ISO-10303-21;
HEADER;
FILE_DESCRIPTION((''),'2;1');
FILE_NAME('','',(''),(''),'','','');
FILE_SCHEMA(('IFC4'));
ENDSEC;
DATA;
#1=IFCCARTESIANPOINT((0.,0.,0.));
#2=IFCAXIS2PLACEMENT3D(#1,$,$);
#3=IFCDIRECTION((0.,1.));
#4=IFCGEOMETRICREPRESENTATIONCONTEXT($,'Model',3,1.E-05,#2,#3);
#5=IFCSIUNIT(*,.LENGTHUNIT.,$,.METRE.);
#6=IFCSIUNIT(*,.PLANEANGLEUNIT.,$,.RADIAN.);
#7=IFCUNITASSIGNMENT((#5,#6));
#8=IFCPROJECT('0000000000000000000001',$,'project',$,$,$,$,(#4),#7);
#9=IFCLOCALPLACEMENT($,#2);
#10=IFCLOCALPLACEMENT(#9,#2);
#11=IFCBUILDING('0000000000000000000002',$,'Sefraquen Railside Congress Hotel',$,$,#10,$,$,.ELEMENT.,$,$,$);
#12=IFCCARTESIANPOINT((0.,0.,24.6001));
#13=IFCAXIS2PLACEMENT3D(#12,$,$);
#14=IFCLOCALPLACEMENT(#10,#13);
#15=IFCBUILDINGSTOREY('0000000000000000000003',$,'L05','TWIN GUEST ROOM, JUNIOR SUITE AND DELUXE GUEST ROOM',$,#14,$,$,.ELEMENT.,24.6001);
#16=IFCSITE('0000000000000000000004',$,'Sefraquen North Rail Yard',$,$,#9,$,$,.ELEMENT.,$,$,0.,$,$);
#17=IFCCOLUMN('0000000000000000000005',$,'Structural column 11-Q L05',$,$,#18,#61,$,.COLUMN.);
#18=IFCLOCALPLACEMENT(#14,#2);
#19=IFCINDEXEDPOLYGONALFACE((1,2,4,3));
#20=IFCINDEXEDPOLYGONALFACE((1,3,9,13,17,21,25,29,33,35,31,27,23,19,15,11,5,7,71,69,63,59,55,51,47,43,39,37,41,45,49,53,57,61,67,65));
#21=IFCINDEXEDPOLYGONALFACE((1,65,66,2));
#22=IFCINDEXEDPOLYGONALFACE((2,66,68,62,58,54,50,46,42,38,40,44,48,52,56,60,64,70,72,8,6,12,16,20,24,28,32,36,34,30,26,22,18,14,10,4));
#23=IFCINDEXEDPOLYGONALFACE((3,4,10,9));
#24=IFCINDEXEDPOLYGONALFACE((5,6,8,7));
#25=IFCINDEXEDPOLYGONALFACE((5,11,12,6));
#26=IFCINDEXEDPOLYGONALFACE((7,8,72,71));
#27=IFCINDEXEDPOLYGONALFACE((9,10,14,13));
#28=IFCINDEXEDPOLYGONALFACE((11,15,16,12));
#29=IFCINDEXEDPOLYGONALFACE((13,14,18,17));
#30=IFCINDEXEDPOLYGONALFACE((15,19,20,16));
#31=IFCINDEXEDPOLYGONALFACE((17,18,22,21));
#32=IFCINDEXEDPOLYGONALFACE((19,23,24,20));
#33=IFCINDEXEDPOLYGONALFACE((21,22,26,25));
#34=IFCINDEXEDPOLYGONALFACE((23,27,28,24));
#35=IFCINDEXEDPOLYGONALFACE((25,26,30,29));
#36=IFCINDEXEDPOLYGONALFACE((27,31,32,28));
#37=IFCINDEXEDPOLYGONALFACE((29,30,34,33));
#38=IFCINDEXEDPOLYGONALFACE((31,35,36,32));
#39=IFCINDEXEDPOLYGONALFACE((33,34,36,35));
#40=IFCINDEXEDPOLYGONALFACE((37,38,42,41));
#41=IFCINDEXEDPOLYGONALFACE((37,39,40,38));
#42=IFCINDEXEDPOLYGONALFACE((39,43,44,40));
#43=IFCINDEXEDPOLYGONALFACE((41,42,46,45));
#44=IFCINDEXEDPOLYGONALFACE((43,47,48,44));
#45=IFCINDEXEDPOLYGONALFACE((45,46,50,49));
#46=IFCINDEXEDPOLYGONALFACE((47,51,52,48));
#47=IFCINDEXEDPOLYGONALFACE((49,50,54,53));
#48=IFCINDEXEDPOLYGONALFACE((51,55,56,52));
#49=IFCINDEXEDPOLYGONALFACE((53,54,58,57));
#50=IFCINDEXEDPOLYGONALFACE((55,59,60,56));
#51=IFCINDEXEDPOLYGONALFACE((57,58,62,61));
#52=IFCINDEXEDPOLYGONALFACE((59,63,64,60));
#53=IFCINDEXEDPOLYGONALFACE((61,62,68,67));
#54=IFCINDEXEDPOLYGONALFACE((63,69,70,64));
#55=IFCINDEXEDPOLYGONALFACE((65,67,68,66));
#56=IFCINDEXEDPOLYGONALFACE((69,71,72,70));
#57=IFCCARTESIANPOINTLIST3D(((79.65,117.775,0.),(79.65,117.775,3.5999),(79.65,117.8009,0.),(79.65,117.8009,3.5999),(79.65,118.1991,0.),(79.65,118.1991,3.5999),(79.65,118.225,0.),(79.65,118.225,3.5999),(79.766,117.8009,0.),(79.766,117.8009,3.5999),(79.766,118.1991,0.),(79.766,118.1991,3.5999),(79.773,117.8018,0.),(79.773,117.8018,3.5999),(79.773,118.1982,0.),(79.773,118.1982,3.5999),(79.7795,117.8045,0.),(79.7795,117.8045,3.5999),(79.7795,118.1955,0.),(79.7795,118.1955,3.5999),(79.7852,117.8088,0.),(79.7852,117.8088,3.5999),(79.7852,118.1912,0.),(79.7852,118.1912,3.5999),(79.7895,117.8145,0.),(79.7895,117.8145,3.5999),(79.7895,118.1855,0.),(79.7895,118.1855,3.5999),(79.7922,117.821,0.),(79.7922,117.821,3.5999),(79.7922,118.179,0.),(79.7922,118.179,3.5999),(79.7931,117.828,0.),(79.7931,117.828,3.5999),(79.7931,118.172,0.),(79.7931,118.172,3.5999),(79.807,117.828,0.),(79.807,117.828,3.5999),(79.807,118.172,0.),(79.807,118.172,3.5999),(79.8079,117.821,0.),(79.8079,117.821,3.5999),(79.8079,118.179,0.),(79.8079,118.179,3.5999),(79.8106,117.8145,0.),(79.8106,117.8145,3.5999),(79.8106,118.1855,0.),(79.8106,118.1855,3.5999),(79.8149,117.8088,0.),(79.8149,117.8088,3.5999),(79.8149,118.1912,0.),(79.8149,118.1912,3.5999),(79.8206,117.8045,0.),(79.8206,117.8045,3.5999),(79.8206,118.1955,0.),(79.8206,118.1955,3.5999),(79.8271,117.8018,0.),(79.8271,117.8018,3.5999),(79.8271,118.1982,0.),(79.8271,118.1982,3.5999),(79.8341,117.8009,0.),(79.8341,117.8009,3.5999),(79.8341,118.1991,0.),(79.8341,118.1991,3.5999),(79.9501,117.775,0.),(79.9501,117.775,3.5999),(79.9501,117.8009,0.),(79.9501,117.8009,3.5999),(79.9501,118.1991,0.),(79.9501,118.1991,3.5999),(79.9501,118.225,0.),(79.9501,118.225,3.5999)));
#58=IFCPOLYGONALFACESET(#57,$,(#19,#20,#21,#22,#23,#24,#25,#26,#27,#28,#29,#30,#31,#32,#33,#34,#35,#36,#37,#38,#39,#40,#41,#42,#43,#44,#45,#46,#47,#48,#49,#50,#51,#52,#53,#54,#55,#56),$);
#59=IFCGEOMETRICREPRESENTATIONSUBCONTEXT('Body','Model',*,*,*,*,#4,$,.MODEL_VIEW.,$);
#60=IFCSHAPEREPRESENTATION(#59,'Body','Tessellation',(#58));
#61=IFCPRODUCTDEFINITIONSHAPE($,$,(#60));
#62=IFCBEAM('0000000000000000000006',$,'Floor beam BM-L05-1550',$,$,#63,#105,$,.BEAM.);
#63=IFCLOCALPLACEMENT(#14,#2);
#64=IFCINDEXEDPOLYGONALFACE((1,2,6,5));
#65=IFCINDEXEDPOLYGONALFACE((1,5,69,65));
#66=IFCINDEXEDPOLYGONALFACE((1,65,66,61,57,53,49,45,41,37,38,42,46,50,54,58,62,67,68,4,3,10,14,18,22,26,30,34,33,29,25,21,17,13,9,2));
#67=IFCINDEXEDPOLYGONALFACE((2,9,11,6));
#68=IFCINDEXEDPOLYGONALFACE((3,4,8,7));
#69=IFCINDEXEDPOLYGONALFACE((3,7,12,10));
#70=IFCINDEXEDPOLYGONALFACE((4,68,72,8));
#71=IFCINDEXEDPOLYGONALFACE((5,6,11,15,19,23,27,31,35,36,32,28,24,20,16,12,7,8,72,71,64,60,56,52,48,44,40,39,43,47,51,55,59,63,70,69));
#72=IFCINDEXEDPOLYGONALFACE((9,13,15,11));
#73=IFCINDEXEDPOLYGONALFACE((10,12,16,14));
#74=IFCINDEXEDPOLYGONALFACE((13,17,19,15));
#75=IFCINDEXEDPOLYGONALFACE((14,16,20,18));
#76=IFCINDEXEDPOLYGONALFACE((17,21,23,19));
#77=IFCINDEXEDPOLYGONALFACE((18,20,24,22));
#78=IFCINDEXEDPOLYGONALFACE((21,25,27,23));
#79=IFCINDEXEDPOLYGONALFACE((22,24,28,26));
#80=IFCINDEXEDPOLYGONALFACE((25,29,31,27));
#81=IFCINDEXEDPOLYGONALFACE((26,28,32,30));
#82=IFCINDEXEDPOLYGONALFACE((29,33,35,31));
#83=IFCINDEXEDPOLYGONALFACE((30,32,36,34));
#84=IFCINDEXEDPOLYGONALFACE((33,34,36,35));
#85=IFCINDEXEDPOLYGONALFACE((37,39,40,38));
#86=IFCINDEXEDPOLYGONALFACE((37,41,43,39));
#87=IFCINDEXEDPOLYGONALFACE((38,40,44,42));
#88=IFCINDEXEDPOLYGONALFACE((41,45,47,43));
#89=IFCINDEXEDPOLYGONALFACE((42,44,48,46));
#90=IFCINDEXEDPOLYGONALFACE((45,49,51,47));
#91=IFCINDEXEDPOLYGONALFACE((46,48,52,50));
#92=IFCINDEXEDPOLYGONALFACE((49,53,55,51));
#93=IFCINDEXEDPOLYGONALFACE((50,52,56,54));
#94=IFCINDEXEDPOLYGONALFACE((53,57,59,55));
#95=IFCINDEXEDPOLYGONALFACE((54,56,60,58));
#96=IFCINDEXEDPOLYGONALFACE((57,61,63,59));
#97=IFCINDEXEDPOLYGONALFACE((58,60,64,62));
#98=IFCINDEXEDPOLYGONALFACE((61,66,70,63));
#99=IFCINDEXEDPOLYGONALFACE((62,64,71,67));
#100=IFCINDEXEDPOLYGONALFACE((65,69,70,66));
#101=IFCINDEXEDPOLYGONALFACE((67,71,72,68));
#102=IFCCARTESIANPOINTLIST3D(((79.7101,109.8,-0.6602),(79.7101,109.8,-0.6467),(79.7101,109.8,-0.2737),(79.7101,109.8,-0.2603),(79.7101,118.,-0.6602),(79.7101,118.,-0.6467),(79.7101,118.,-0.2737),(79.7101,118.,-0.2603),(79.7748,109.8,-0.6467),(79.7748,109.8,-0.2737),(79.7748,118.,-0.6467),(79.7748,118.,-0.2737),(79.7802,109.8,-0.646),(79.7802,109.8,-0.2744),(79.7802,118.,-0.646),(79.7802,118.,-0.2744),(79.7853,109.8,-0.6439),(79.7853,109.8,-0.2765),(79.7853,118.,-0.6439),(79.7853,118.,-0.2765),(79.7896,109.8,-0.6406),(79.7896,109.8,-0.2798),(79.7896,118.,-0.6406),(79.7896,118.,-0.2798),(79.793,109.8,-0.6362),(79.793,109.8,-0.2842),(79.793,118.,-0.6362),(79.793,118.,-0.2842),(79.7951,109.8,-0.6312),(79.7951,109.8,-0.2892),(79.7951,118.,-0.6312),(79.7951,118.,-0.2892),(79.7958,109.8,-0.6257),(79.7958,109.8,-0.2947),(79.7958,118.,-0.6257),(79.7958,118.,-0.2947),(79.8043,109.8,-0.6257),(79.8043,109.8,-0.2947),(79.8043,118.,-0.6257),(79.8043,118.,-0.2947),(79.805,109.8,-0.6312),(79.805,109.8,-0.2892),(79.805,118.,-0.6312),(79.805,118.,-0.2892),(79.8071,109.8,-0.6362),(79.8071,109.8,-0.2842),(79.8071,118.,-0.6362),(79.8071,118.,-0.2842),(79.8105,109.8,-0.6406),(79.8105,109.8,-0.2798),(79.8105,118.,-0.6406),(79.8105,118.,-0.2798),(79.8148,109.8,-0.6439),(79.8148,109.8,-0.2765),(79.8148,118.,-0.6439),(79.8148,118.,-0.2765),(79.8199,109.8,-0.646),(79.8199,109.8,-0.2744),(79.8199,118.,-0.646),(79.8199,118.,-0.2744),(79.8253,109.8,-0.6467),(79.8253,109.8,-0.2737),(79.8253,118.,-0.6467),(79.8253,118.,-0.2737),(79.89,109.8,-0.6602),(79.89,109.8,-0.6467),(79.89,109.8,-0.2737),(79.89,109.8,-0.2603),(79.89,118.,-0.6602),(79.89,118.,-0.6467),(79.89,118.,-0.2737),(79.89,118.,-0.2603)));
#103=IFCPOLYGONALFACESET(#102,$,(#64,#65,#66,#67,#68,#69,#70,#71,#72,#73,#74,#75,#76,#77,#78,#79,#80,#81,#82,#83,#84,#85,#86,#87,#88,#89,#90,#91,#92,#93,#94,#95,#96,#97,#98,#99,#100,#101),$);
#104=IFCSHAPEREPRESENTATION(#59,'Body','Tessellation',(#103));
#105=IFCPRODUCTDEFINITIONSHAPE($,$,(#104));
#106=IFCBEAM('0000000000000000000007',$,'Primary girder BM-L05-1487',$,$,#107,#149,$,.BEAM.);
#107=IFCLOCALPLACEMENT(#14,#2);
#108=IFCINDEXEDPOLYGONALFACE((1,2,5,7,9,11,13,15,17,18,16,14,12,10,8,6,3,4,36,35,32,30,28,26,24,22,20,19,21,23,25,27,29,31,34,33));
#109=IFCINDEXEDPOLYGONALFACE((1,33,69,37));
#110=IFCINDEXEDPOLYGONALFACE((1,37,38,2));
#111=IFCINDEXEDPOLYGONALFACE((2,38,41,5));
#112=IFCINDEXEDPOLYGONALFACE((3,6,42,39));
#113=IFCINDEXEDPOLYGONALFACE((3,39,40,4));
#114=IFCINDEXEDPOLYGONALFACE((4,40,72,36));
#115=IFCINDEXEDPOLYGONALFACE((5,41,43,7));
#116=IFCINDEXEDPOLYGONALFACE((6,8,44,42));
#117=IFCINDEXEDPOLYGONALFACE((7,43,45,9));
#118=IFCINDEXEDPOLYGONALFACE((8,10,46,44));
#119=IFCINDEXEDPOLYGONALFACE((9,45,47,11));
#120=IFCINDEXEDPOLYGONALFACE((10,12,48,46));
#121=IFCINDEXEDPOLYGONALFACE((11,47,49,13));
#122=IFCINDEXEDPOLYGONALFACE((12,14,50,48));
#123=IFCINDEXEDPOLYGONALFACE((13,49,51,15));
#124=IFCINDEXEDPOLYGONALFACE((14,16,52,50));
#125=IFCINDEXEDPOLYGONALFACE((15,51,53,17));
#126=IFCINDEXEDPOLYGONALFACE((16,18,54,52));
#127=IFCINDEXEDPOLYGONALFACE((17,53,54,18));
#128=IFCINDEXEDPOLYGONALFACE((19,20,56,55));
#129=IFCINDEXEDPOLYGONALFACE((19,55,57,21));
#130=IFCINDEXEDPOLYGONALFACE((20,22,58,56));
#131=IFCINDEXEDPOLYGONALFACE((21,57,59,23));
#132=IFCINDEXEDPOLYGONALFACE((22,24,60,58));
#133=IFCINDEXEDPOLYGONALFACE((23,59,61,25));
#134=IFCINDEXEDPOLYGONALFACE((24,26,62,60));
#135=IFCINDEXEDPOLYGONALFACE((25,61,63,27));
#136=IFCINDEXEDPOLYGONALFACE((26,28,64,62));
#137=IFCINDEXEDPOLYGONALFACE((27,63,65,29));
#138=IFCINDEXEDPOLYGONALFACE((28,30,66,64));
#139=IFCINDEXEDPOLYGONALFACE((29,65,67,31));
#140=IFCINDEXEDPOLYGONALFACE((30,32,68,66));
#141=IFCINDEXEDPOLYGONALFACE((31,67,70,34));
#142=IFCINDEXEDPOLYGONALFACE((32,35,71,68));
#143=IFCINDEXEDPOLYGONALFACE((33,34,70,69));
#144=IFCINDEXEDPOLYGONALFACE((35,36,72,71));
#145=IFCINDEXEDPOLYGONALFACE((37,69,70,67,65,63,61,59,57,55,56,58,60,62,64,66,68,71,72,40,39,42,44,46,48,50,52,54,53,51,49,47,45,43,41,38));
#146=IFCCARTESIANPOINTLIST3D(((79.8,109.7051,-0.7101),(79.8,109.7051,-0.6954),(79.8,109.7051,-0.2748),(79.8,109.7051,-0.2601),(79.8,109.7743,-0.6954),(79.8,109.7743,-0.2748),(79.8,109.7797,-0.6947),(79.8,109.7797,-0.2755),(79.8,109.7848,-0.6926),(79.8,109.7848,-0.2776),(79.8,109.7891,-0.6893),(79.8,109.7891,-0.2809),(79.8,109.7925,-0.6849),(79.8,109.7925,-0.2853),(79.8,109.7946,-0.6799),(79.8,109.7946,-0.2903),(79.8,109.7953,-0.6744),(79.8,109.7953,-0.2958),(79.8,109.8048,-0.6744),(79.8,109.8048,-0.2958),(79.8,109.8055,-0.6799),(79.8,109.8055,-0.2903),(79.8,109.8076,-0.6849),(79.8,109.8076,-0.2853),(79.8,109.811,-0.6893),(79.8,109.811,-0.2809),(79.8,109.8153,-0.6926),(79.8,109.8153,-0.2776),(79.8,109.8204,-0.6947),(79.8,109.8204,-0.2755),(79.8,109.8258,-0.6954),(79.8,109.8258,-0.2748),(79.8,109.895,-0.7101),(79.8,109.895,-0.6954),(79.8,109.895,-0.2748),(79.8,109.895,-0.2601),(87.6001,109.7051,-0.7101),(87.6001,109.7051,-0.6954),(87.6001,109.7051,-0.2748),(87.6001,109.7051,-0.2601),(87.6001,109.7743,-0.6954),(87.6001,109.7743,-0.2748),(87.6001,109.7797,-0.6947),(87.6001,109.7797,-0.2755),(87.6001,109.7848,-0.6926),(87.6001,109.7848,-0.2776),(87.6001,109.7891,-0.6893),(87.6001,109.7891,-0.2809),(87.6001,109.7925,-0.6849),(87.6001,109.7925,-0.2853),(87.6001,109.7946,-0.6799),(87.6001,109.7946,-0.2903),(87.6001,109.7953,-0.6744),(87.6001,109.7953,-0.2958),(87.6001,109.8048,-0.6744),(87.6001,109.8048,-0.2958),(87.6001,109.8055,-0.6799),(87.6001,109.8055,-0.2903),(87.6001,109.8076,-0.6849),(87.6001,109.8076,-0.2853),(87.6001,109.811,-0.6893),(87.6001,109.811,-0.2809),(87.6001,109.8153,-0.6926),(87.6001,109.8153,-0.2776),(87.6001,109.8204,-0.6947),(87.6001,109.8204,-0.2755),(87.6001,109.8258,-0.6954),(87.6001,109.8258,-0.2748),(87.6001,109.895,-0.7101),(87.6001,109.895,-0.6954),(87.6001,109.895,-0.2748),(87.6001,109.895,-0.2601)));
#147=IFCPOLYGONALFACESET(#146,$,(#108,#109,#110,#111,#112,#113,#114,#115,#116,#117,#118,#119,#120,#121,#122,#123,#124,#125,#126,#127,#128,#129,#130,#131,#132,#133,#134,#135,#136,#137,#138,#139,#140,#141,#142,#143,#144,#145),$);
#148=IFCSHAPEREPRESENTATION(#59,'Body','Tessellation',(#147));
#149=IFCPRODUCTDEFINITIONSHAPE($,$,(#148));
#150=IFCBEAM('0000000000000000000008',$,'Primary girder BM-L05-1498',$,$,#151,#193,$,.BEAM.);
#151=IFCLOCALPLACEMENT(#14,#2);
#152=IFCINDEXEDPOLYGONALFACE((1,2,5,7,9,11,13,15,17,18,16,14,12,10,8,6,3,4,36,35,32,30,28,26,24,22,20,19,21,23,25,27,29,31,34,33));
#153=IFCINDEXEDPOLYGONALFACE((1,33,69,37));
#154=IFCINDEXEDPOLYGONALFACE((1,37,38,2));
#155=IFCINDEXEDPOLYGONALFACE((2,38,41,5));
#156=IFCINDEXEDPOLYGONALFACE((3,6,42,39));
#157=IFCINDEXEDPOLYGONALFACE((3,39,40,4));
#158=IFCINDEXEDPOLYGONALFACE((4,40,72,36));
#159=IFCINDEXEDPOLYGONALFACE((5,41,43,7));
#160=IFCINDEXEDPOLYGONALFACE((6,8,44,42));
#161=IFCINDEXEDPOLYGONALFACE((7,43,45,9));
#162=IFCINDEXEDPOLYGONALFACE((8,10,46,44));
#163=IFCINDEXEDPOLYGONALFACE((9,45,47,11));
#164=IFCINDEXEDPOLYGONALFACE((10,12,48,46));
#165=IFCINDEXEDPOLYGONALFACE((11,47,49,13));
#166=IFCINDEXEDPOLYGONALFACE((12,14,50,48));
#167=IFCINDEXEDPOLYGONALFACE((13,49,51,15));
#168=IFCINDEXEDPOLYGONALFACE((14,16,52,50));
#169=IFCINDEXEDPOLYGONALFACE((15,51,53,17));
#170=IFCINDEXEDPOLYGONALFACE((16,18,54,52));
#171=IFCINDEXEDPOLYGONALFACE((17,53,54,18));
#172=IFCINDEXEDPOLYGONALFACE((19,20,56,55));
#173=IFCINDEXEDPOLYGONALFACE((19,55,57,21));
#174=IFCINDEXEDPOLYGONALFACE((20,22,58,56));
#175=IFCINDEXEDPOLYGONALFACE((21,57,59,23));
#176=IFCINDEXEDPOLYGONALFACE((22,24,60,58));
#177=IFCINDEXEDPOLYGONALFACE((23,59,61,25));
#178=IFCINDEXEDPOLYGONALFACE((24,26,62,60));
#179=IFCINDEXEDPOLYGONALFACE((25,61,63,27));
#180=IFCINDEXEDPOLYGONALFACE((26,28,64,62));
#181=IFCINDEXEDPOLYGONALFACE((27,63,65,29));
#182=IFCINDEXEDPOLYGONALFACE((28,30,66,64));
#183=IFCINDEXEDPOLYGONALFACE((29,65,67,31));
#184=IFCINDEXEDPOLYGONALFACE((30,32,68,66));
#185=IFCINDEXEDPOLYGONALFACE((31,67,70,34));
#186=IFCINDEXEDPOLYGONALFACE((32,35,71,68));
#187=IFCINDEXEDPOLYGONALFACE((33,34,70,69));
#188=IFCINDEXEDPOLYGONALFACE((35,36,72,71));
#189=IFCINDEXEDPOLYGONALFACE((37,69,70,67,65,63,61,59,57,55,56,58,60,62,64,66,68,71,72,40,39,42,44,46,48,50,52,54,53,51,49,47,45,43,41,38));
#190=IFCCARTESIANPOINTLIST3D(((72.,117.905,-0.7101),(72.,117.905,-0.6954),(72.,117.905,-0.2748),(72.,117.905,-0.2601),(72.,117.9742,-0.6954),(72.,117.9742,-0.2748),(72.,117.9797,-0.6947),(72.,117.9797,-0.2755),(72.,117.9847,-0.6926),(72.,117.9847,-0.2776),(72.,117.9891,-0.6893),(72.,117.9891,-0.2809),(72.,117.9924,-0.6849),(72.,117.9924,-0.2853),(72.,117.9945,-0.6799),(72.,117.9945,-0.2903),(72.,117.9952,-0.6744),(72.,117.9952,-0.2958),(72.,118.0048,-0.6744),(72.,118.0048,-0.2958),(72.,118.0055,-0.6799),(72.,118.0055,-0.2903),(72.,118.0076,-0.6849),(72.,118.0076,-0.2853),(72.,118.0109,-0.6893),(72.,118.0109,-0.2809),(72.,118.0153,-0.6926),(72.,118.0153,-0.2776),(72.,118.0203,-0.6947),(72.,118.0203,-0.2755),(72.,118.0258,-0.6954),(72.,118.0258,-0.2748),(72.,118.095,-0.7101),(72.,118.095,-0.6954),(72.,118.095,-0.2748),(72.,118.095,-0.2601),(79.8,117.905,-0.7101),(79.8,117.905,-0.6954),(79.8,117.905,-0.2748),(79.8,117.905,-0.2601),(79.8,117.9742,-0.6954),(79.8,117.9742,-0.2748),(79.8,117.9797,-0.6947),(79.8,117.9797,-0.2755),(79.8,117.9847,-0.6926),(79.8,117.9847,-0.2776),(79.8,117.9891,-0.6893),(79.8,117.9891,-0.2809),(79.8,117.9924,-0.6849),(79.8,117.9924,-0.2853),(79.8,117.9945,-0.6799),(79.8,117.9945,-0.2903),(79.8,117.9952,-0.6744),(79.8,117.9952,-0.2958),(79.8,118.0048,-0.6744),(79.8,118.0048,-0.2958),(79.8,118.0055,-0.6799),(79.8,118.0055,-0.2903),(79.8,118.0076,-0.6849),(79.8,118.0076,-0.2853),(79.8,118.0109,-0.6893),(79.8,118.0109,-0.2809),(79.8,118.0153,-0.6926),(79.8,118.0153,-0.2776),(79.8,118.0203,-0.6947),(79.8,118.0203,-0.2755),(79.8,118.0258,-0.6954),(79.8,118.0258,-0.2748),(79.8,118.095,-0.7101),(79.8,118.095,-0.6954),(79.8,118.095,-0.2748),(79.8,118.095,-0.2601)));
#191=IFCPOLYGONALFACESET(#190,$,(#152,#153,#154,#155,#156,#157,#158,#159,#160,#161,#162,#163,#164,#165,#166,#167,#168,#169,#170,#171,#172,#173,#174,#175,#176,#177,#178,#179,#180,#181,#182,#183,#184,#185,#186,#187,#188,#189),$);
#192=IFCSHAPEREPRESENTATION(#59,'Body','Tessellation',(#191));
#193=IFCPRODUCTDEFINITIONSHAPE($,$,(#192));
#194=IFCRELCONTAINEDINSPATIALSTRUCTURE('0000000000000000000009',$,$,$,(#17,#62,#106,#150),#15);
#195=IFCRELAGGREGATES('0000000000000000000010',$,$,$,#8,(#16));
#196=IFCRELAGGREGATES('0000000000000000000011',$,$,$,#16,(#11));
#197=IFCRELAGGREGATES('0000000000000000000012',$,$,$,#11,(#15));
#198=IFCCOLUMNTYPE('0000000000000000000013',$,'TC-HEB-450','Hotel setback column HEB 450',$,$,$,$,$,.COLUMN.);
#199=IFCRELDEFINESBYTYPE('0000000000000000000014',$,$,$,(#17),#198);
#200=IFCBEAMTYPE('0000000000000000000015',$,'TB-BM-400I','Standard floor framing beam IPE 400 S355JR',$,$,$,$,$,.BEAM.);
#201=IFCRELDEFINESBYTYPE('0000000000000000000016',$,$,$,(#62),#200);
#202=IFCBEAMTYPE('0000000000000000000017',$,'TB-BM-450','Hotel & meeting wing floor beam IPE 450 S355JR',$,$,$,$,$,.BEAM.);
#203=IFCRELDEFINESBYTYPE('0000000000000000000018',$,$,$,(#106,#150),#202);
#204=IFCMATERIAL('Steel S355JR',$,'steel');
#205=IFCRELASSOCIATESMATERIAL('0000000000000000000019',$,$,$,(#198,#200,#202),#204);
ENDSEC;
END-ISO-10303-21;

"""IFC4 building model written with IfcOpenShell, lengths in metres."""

from ifc_helpers import new_model, si_unit, direction, frame, origin, origin_2d, place, context, subcontext, project, spatial, i_section, extrude, material, material_profile, profile_set, type_object, element, save


model = new_model("IFC4")

# Units and contexts
model_context = context("Model", 3, precision=1e-05, world=origin(), true_north=direction((0.0, 1.0)))
body_context = subcontext(model_context, "Body", "Model", "MODEL_VIEW")
ifc_project = project(units=[si_unit("LENGTHUNIT", "METRE"), si_unit("PLANEANGLEUNIT", "RADIAN")], contexts=[model_context])

# Site, building, storey
site_placement = place(None, origin())
site = spatial("IfcSite", under=ifc_project, at=site_placement, Name="Sefraquen North Rail Yard", CompositionType="ELEMENT", RefElevation=0.0)
building_placement = place(site_placement, origin())
building = spatial("IfcBuilding", under=site, at=building_placement, Name="Sefraquen Railside Congress Hotel", CompositionType="ELEMENT")
storey_placement = place(building_placement, frame((0.0, 0.0, 24.6001)))
storey = spatial("IfcBuildingStorey", under=building, at=storey_placement, Name="L05", Description="TWIN GUEST ROOM, JUNIOR SUITE AND DELUXE GUEST ROOM", CompositionType="ELEMENT", Elevation=24.6001)

# Column
ifc_material_1 = material(Name="Steel S355JR", Category="steel")
ifc_material_profile_1 = material_profile(ifc_material_1, i_section(OverallWidth=0.3, OverallDepth=0.45, WebThickness=0.0139, FlangeThickness=0.0259, FilletRadius=0.0271, at=origin_2d()), Name="HEB 450")
ifc_profile_set_1 = profile_set([ifc_material_profile_1], Name="Steel S355JR")
column_type = type_object("IfcColumnType", Name="TC-HEB-450", Description="Hotel setback column HEB 450", PredefinedType="COLUMN", material=ifc_profile_set_1)
column_placement = place(storey_placement, frame((79.8, 118.0, 0.0), z_axis=(0.0, 0.0, 1.0), x_axis=(1.0, 0.0, 0.0)))
element("IfcColumn", 1, at=column_placement, inside=storey, type_object=column_type, Name="Structural column 11-Q L05", PredefinedType="COLUMN", context=body_context, shape_type="SweptSolid", body=[
    extrude(i_section(OverallWidth=0.3, OverallDepth=0.45, WebThickness=0.0139, FlangeThickness=0.0259, FilletRadius=0.0271, at=origin_2d()), origin(), (0.0, 0.0, 1.0), 3.5999),
])

# Beams
ifc_material_profile_2 = material_profile(ifc_material_1, i_section(OverallWidth=0.1799, OverallDepth=0.3999, WebThickness=0.0085, FlangeThickness=0.0134, FilletRadius=0.021, at=origin_2d()), Name="IPE 400")
ifc_profile_set_2 = profile_set([ifc_material_profile_2], Name="Steel S355JR")
beam_type_1 = type_object("IfcBeamType", Name="TB-BM-400I", Description="Standard floor framing beam IPE 400 S355JR", PredefinedType="BEAM", material=ifc_profile_set_2)
beam_placement = place(storey_placement, frame((79.8, 109.8, -0.4602), z_axis=(0.0, 1.0, 0.0), x_axis=(-1.0, 0.0, 0.0)))
element("IfcBeam", 2, at=beam_placement, inside=storey, type_object=beam_type_1, Name="Floor beam BM-L05-1550", PredefinedType="BEAM", context=body_context, shape_type="SweptSolid", body=[
    extrude(i_section(OverallWidth=0.1799, OverallDepth=0.3999, WebThickness=0.0085, FlangeThickness=0.0134, FilletRadius=0.021, at=origin_2d()), origin(), (0.0, 0.0, 1.0), 8.2),
])
ifc_material_profile_3 = material_profile(ifc_material_1, i_section(OverallWidth=0.1899, OverallDepth=0.45, WebThickness=0.0095, FlangeThickness=0.0146, FilletRadius=0.021, at=origin_2d()), Name="IPE 450")
ifc_profile_set_3 = profile_set([ifc_material_profile_3], Name="Steel S355JR")
beam_type_2 = type_object("IfcBeamType", Name="TB-BM-450", Description="Hotel & meeting wing floor beam IPE 450 S355JR", PredefinedType="BEAM", material=ifc_profile_set_3)
for number, where, z_axis, x_axis, name in (
    (3, (79.8, 109.8, -0.4851), (1.0, 0.0, 0.0), (0.0, 1.0, 0.0), "Primary girder BM-L05-1487"),
    (4, (72.0, 118.0, -0.4851), (1.0, 0.0, 0.0), (0.0, 1.0, 0.0), "Primary girder BM-L05-1498"),
):
    element("IfcBeam", number, at=place(storey_placement, frame(where, z_axis=z_axis, x_axis=x_axis)), inside=storey, type_object=beam_type_2, Name=name, PredefinedType="BEAM", context=body_context, shape_type="SweptSolid", body=[
        extrude(i_section(OverallWidth=0.1899, OverallDepth=0.45, WebThickness=0.0095, FlangeThickness=0.0146, FilletRadius=0.021, at=origin_2d()), origin(), (0.0, 0.0, 1.0), 7.8),
    ])

save(model, "model.ifc")
